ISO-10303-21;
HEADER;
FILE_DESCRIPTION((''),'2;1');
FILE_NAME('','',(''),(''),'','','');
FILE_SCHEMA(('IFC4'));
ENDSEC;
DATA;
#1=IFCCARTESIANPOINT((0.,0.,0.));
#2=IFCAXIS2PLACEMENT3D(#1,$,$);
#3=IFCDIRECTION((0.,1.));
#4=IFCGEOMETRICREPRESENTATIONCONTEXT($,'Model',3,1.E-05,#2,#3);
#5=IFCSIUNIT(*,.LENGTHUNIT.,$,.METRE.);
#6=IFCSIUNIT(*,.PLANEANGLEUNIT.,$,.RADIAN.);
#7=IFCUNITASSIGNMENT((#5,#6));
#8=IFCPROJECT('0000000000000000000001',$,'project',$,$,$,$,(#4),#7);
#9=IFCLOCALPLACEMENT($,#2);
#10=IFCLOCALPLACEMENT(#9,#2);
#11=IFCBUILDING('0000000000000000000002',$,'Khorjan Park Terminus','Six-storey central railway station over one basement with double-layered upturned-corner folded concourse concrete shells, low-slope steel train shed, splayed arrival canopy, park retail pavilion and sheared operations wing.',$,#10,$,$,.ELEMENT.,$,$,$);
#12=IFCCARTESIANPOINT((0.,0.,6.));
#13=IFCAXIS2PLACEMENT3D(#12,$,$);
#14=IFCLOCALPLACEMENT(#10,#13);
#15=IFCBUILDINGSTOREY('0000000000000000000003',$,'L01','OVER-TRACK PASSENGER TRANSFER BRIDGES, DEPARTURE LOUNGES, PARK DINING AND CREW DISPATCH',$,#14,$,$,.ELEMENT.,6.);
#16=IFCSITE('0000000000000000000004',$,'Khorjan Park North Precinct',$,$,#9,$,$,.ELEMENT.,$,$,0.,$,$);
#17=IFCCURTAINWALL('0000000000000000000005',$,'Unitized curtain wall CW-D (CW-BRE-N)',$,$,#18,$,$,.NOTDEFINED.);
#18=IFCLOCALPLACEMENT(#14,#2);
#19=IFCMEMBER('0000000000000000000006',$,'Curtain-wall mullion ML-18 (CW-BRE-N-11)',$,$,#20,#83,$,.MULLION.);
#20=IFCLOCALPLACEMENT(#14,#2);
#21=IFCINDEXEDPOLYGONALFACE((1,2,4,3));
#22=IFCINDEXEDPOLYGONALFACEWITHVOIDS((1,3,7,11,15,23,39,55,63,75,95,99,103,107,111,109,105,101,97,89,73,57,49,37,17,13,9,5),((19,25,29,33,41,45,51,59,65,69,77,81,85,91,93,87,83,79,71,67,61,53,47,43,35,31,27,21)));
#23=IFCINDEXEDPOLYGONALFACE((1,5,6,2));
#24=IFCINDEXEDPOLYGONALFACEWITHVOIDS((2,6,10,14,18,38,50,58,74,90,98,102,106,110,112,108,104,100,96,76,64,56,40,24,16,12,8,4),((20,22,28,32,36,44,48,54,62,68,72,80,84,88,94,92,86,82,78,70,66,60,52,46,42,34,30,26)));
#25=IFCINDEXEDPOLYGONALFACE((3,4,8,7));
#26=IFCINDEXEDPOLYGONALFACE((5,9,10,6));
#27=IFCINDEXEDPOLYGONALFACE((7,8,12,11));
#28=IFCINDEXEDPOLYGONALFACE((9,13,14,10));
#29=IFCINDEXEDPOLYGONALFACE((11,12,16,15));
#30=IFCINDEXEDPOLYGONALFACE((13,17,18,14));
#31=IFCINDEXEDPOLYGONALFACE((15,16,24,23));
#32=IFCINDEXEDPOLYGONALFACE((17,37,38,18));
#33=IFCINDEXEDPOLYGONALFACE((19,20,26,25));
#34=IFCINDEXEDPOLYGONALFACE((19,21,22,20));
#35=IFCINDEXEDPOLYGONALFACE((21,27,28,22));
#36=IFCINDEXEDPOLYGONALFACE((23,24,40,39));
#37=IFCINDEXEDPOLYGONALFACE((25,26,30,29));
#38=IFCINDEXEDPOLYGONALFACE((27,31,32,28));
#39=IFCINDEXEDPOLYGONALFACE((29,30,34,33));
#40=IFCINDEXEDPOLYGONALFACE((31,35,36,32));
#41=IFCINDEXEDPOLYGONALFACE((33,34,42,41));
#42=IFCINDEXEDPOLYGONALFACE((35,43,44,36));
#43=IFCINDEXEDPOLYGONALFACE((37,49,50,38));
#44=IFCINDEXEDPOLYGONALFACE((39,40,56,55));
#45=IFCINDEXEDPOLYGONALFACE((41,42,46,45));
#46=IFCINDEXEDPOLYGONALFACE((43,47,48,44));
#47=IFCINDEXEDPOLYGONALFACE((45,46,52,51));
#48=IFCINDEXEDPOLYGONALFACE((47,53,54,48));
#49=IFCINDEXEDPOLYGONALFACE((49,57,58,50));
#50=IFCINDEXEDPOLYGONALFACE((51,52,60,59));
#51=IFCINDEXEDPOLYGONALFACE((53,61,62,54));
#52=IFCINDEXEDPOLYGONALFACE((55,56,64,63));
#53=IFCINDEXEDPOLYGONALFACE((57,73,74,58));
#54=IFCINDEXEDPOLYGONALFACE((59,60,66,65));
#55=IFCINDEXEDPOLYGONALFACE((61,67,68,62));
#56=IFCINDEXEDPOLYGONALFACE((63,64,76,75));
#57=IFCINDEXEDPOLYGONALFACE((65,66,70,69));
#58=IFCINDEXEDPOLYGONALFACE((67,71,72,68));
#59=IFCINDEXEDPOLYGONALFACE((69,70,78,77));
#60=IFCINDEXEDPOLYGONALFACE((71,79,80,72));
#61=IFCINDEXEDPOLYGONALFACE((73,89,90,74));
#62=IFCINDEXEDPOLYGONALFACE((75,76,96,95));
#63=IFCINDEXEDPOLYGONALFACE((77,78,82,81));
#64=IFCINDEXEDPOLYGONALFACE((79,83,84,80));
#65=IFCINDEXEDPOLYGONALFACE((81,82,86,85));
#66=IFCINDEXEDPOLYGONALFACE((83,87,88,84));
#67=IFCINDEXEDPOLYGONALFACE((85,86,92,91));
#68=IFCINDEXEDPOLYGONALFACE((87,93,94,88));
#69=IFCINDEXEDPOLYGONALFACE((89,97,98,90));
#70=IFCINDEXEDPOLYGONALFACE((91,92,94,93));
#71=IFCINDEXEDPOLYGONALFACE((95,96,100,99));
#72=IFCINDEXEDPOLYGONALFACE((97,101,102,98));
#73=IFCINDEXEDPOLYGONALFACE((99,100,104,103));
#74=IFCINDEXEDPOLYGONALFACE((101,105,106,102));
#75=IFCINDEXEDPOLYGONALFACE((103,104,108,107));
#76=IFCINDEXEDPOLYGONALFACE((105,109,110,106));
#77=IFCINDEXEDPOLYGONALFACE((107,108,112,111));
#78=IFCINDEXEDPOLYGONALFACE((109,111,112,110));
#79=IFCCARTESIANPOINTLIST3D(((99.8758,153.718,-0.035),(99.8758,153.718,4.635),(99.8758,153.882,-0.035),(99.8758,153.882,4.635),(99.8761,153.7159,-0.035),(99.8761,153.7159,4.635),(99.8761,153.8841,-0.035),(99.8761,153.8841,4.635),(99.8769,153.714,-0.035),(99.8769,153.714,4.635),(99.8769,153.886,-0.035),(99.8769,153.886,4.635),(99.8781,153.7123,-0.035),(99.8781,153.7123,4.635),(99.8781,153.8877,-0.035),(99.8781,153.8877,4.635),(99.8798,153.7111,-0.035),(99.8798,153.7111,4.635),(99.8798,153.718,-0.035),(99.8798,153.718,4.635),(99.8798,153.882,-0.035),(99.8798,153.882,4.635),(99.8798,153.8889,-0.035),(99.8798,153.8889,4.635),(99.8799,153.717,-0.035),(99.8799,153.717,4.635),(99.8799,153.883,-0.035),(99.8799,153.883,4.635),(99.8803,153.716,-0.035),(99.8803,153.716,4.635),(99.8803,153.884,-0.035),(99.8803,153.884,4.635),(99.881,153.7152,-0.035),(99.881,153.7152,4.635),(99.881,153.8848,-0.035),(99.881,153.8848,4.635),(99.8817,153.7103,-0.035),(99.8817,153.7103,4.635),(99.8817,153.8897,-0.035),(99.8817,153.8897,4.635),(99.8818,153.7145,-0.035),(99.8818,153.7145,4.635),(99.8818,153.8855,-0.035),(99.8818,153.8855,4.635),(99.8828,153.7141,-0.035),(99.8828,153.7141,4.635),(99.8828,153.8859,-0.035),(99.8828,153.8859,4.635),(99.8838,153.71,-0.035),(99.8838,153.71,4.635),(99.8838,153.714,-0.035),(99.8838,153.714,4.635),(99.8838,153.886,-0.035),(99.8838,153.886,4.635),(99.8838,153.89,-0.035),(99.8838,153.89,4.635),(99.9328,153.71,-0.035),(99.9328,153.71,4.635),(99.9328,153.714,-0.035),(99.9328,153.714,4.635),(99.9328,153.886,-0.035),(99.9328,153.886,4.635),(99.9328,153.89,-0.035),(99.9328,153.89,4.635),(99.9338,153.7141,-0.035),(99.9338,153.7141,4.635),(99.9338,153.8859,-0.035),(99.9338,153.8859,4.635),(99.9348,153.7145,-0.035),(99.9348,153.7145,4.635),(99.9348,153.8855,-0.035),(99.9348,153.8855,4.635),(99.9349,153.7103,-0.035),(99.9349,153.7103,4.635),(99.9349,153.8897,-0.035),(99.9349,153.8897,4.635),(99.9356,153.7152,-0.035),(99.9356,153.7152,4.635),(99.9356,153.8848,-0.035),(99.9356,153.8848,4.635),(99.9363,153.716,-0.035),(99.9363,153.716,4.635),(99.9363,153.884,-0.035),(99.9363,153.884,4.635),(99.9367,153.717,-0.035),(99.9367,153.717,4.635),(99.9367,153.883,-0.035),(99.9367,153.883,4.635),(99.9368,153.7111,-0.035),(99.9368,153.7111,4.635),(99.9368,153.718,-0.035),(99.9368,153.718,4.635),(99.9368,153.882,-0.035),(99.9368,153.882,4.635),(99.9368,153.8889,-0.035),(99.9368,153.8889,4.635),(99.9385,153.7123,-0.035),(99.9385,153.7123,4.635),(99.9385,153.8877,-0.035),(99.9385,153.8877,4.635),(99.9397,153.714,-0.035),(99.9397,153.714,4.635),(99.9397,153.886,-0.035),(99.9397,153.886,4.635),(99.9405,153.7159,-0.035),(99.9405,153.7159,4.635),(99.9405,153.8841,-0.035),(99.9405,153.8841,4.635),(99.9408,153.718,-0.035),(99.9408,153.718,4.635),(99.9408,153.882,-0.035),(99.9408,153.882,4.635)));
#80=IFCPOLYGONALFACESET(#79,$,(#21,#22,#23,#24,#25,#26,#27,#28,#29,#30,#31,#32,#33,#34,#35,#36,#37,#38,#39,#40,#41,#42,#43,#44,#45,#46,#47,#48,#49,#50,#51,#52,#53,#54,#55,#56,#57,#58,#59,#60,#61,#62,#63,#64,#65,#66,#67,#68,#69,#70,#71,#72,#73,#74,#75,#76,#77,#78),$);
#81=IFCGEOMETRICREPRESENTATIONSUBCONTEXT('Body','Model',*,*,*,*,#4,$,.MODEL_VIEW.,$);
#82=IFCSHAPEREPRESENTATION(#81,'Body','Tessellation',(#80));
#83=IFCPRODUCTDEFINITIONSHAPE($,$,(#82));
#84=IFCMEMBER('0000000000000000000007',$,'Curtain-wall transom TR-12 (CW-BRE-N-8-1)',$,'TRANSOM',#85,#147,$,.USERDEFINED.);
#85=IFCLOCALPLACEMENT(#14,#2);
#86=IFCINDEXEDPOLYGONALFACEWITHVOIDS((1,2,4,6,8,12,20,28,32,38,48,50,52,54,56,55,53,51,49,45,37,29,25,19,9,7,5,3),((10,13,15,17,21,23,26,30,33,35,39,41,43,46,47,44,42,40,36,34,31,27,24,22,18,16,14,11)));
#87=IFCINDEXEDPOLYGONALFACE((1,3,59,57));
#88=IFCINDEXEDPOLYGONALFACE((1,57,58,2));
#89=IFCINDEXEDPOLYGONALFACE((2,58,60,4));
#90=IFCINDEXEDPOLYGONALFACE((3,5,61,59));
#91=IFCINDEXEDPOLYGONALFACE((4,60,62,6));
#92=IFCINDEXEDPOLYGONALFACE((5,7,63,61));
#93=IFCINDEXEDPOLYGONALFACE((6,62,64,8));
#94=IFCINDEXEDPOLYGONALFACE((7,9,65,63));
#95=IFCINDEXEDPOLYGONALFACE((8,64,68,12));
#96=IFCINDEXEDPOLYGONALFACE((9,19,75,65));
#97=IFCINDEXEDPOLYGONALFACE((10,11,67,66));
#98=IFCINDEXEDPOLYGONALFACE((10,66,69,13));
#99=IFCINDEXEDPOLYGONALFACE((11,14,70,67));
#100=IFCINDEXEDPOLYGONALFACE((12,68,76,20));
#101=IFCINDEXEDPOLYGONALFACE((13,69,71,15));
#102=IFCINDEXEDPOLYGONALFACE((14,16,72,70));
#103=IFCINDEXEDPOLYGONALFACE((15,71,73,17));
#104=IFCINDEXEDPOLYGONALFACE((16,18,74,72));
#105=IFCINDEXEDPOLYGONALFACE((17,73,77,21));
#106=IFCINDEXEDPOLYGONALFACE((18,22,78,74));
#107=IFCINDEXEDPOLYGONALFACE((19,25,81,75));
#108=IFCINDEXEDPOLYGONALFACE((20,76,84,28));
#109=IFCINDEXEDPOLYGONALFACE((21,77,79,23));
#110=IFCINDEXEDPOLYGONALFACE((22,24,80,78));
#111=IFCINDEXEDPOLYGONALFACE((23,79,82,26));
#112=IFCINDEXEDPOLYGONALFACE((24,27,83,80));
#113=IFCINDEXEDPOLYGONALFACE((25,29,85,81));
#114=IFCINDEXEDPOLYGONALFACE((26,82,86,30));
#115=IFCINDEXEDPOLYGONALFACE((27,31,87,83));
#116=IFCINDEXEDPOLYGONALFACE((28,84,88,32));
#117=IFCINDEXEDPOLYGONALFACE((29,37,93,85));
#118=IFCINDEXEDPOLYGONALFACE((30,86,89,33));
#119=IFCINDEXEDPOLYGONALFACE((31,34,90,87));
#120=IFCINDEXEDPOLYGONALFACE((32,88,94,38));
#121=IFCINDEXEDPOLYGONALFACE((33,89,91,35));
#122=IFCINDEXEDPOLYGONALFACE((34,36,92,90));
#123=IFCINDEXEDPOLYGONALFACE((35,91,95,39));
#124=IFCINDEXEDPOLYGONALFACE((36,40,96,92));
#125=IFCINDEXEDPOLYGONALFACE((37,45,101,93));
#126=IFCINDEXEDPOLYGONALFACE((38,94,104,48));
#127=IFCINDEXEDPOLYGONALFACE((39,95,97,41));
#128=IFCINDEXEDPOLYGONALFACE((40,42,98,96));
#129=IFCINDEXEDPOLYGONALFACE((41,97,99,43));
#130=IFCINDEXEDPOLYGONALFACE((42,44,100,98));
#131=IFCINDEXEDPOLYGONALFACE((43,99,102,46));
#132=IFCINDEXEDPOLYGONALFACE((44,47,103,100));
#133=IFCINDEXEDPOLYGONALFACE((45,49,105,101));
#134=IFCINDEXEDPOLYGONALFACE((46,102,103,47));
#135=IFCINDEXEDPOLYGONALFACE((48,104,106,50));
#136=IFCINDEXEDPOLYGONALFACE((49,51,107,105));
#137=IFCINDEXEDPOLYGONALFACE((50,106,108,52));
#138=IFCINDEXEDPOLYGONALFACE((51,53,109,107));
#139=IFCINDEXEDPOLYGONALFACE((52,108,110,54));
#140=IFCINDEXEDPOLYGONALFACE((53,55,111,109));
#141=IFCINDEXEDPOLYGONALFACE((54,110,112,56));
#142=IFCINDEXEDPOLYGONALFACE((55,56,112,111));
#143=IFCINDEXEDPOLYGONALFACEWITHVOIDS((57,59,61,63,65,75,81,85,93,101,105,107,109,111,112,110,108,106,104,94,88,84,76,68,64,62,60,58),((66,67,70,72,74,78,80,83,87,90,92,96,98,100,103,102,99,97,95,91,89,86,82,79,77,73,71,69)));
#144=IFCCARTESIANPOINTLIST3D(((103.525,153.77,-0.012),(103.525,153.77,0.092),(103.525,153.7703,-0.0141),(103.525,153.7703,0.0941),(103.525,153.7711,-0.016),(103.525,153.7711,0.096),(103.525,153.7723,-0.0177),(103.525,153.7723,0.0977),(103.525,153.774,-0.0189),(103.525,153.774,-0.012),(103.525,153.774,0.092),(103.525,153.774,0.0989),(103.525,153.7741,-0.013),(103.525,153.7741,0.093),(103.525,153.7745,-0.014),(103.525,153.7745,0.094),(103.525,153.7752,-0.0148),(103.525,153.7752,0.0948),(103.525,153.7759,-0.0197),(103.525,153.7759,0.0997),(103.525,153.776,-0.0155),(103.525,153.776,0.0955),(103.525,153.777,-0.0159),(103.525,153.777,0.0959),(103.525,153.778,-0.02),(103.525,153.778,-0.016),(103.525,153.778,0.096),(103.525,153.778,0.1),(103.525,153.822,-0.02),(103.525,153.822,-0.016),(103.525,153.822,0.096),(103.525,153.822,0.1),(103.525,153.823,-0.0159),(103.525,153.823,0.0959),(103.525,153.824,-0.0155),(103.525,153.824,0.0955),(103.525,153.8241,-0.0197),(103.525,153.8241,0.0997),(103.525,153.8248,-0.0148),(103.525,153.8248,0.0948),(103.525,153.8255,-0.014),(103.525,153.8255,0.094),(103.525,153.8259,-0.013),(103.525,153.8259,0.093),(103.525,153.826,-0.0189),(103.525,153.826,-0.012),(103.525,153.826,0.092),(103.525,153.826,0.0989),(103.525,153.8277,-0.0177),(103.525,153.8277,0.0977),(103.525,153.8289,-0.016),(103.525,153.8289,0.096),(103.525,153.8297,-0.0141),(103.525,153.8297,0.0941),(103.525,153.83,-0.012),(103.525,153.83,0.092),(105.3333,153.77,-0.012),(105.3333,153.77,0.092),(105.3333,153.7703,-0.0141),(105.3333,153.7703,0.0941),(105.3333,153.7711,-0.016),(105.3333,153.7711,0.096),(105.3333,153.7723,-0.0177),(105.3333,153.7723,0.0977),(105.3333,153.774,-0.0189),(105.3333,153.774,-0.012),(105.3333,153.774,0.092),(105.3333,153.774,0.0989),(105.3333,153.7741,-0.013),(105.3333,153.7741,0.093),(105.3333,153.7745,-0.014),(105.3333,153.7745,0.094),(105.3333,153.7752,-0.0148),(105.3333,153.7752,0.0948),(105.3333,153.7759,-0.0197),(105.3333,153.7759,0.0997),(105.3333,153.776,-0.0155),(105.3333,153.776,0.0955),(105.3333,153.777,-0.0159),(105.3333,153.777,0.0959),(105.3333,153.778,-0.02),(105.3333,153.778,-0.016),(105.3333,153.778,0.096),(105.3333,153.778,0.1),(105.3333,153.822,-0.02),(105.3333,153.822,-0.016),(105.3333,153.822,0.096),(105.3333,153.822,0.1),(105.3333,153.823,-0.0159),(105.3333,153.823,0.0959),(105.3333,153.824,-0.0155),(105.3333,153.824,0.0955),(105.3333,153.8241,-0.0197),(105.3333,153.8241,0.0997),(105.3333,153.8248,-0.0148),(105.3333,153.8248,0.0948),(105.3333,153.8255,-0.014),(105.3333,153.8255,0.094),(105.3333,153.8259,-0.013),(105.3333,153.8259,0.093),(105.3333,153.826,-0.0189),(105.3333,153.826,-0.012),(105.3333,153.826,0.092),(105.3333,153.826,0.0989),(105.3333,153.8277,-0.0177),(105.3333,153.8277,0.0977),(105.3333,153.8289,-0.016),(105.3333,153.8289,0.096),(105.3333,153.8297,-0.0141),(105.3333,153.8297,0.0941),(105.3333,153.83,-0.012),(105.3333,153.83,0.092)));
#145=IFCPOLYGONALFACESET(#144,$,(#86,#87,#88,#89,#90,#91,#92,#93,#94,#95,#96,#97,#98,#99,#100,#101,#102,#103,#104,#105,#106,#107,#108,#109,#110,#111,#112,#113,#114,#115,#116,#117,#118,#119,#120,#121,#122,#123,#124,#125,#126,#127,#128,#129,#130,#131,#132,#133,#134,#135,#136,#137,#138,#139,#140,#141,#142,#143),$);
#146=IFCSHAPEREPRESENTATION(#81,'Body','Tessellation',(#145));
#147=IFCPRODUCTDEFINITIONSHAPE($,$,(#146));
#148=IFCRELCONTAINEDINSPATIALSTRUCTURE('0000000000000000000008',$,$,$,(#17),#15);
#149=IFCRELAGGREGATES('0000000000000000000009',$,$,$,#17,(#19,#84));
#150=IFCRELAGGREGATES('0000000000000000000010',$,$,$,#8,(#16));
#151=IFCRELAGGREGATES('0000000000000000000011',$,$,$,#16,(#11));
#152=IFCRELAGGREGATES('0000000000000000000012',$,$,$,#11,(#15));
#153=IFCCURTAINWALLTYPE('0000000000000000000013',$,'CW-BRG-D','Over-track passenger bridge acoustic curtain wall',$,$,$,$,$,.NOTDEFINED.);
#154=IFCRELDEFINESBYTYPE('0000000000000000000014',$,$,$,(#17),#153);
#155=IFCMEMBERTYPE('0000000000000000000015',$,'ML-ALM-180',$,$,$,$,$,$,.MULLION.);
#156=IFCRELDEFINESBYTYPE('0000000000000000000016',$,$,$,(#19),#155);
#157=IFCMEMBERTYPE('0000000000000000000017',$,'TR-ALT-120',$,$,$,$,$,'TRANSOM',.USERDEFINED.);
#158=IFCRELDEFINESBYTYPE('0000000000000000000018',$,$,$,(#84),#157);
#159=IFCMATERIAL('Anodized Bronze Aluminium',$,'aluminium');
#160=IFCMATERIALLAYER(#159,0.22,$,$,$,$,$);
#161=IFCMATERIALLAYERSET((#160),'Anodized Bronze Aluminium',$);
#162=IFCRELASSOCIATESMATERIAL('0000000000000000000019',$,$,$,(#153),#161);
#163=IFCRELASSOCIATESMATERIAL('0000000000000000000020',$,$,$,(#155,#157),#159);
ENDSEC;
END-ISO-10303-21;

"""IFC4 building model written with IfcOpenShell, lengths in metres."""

from ifc_helpers import new_model, si_unit, direction, frame, origin, origin_2d, place, context, subcontext, project, spatial, hollow_rectangle, extrude, material, layer, layer_set, material_profile, profile_set, type_object, element, aggregate, save


model = new_model("IFC4")

# Units and contexts
model_context = context("Model", 3, precision=1e-05, world=origin(), true_north=direction((0.0, 1.0)))
body_context = subcontext(model_context, "Body", "Model", "MODEL_VIEW")
ifc_project = project(units=[si_unit("LENGTHUNIT", "METRE"), si_unit("PLANEANGLEUNIT", "RADIAN")], contexts=[model_context])

# Site, building, storey
site_placement = place(None, origin())
site = spatial("IfcSite", under=ifc_project, at=site_placement, Name="Khorjan Park North Precinct", CompositionType="ELEMENT", RefElevation=0.0)
building_placement = place(site_placement, origin())
building = spatial("IfcBuilding", under=site, at=building_placement, Name="Khorjan Park Terminus", Description="Six-storey central railway station over one basement with double-layered upturned-corner folded concourse concrete shells, low-slope steel train shed, splayed arrival canopy, park retail pavilion and sheared operations wing.", CompositionType="ELEMENT")
storey_placement = place(building_placement, frame((0.0, 0.0, 6.0)))
storey = spatial("IfcBuildingStorey", under=building, at=storey_placement, Name="L01", Description="OVER-TRACK PASSENGER TRANSFER BRIDGES, DEPARTURE LOUNGES, PARK DINING AND CREW DISPATCH", CompositionType="ELEMENT", Elevation=6.0)

# Curtain wall, members
ifc_material_1 = material(Name="Anodized Bronze Aluminium", Category="aluminium")
ifc_layer_1 = layer(ifc_material_1, 0.22)
ifc_layer_set_1 = layer_set([ifc_layer_1], Name="Anodized Bronze Aluminium")
curtain_wall_type = type_object("IfcCurtainWallType", Name="CW-BRG-D", Description="Over-track passenger bridge acoustic curtain wall", PredefinedType="NOTDEFINED", material=ifc_layer_set_1)
curtain_wall_placement = place(storey_placement, origin())
curtain_wall = element("IfcCurtainWall", 1, at=curtain_wall_placement, inside=storey, type_object=curtain_wall_type, Name="Unitized curtain wall CW-D (CW-BRE-N)", PredefinedType="NOTDEFINED")
ifc_material_profile_1 = material_profile(ifc_material_1, hollow_rectangle(XDim=0.065, YDim=0.18, WallThickness=0.004, InnerFilletRadius=0.004, OuterFilletRadius=0.008, at=origin_2d()), Name="ALM 65x180x4")
ifc_profile_set_1 = profile_set([ifc_material_profile_1], Name="Anodized Bronze Aluminium")
member_type_1 = type_object("IfcMemberType", Name="ML-ALM-180", PredefinedType="MULLION", material=ifc_profile_set_1)
member_1_placement = place(storey_placement, frame((99.9083, 153.8, -0.035), z_axis=(0.0, 0.0, 1.0), x_axis=(-1.0, 0.0, 0.0)))
member_1 = element("IfcMember", 2, at=member_1_placement, type_object=member_type_1, Name="Curtain-wall mullion ML-18 (CW-BRE-N-11)", PredefinedType="MULLION", context=body_context, shape_type="SweptSolid", body=[
    extrude(hollow_rectangle(XDim=0.065, YDim=0.18, WallThickness=0.004, InnerFilletRadius=0.004, OuterFilletRadius=0.008, at=origin_2d()), origin(), (0.0, 0.0, 1.0), 4.67),
])
ifc_material_profile_2 = material_profile(ifc_material_1, hollow_rectangle(XDim=0.06, YDim=0.12, WallThickness=0.004, InnerFilletRadius=0.004, OuterFilletRadius=0.008, at=origin_2d()), Name="ALT 60x120x4")
ifc_profile_set_2 = profile_set([ifc_material_profile_2], Name="Anodized Bronze Aluminium")
member_type_2 = type_object("IfcMemberType", Name="TR-ALT-120", ElementType="TRANSOM", PredefinedType="USERDEFINED", material=ifc_profile_set_2)
member_2_placement = place(storey_placement, frame((105.3333, 153.8, 0.04), z_axis=(-1.0, 0.0, 0.0), x_axis=(0.0, -1.0, 0.0)))
member_2 = element("IfcMember", 3, at=member_2_placement, type_object=member_type_2, Name="Curtain-wall transom TR-12 (CW-BRE-N-8-1)", ObjectType="TRANSOM", PredefinedType="USERDEFINED", context=body_context, shape_type="SweptSolid", body=[
    extrude(hollow_rectangle(XDim=0.06, YDim=0.12, WallThickness=0.004, InnerFilletRadius=0.004, OuterFilletRadius=0.008, at=origin_2d()), origin(), (0.0, 0.0, 1.0), 1.8083),
])
aggregate(curtain_wall, [member_1, member_2])

save(model, "model.ifc")
